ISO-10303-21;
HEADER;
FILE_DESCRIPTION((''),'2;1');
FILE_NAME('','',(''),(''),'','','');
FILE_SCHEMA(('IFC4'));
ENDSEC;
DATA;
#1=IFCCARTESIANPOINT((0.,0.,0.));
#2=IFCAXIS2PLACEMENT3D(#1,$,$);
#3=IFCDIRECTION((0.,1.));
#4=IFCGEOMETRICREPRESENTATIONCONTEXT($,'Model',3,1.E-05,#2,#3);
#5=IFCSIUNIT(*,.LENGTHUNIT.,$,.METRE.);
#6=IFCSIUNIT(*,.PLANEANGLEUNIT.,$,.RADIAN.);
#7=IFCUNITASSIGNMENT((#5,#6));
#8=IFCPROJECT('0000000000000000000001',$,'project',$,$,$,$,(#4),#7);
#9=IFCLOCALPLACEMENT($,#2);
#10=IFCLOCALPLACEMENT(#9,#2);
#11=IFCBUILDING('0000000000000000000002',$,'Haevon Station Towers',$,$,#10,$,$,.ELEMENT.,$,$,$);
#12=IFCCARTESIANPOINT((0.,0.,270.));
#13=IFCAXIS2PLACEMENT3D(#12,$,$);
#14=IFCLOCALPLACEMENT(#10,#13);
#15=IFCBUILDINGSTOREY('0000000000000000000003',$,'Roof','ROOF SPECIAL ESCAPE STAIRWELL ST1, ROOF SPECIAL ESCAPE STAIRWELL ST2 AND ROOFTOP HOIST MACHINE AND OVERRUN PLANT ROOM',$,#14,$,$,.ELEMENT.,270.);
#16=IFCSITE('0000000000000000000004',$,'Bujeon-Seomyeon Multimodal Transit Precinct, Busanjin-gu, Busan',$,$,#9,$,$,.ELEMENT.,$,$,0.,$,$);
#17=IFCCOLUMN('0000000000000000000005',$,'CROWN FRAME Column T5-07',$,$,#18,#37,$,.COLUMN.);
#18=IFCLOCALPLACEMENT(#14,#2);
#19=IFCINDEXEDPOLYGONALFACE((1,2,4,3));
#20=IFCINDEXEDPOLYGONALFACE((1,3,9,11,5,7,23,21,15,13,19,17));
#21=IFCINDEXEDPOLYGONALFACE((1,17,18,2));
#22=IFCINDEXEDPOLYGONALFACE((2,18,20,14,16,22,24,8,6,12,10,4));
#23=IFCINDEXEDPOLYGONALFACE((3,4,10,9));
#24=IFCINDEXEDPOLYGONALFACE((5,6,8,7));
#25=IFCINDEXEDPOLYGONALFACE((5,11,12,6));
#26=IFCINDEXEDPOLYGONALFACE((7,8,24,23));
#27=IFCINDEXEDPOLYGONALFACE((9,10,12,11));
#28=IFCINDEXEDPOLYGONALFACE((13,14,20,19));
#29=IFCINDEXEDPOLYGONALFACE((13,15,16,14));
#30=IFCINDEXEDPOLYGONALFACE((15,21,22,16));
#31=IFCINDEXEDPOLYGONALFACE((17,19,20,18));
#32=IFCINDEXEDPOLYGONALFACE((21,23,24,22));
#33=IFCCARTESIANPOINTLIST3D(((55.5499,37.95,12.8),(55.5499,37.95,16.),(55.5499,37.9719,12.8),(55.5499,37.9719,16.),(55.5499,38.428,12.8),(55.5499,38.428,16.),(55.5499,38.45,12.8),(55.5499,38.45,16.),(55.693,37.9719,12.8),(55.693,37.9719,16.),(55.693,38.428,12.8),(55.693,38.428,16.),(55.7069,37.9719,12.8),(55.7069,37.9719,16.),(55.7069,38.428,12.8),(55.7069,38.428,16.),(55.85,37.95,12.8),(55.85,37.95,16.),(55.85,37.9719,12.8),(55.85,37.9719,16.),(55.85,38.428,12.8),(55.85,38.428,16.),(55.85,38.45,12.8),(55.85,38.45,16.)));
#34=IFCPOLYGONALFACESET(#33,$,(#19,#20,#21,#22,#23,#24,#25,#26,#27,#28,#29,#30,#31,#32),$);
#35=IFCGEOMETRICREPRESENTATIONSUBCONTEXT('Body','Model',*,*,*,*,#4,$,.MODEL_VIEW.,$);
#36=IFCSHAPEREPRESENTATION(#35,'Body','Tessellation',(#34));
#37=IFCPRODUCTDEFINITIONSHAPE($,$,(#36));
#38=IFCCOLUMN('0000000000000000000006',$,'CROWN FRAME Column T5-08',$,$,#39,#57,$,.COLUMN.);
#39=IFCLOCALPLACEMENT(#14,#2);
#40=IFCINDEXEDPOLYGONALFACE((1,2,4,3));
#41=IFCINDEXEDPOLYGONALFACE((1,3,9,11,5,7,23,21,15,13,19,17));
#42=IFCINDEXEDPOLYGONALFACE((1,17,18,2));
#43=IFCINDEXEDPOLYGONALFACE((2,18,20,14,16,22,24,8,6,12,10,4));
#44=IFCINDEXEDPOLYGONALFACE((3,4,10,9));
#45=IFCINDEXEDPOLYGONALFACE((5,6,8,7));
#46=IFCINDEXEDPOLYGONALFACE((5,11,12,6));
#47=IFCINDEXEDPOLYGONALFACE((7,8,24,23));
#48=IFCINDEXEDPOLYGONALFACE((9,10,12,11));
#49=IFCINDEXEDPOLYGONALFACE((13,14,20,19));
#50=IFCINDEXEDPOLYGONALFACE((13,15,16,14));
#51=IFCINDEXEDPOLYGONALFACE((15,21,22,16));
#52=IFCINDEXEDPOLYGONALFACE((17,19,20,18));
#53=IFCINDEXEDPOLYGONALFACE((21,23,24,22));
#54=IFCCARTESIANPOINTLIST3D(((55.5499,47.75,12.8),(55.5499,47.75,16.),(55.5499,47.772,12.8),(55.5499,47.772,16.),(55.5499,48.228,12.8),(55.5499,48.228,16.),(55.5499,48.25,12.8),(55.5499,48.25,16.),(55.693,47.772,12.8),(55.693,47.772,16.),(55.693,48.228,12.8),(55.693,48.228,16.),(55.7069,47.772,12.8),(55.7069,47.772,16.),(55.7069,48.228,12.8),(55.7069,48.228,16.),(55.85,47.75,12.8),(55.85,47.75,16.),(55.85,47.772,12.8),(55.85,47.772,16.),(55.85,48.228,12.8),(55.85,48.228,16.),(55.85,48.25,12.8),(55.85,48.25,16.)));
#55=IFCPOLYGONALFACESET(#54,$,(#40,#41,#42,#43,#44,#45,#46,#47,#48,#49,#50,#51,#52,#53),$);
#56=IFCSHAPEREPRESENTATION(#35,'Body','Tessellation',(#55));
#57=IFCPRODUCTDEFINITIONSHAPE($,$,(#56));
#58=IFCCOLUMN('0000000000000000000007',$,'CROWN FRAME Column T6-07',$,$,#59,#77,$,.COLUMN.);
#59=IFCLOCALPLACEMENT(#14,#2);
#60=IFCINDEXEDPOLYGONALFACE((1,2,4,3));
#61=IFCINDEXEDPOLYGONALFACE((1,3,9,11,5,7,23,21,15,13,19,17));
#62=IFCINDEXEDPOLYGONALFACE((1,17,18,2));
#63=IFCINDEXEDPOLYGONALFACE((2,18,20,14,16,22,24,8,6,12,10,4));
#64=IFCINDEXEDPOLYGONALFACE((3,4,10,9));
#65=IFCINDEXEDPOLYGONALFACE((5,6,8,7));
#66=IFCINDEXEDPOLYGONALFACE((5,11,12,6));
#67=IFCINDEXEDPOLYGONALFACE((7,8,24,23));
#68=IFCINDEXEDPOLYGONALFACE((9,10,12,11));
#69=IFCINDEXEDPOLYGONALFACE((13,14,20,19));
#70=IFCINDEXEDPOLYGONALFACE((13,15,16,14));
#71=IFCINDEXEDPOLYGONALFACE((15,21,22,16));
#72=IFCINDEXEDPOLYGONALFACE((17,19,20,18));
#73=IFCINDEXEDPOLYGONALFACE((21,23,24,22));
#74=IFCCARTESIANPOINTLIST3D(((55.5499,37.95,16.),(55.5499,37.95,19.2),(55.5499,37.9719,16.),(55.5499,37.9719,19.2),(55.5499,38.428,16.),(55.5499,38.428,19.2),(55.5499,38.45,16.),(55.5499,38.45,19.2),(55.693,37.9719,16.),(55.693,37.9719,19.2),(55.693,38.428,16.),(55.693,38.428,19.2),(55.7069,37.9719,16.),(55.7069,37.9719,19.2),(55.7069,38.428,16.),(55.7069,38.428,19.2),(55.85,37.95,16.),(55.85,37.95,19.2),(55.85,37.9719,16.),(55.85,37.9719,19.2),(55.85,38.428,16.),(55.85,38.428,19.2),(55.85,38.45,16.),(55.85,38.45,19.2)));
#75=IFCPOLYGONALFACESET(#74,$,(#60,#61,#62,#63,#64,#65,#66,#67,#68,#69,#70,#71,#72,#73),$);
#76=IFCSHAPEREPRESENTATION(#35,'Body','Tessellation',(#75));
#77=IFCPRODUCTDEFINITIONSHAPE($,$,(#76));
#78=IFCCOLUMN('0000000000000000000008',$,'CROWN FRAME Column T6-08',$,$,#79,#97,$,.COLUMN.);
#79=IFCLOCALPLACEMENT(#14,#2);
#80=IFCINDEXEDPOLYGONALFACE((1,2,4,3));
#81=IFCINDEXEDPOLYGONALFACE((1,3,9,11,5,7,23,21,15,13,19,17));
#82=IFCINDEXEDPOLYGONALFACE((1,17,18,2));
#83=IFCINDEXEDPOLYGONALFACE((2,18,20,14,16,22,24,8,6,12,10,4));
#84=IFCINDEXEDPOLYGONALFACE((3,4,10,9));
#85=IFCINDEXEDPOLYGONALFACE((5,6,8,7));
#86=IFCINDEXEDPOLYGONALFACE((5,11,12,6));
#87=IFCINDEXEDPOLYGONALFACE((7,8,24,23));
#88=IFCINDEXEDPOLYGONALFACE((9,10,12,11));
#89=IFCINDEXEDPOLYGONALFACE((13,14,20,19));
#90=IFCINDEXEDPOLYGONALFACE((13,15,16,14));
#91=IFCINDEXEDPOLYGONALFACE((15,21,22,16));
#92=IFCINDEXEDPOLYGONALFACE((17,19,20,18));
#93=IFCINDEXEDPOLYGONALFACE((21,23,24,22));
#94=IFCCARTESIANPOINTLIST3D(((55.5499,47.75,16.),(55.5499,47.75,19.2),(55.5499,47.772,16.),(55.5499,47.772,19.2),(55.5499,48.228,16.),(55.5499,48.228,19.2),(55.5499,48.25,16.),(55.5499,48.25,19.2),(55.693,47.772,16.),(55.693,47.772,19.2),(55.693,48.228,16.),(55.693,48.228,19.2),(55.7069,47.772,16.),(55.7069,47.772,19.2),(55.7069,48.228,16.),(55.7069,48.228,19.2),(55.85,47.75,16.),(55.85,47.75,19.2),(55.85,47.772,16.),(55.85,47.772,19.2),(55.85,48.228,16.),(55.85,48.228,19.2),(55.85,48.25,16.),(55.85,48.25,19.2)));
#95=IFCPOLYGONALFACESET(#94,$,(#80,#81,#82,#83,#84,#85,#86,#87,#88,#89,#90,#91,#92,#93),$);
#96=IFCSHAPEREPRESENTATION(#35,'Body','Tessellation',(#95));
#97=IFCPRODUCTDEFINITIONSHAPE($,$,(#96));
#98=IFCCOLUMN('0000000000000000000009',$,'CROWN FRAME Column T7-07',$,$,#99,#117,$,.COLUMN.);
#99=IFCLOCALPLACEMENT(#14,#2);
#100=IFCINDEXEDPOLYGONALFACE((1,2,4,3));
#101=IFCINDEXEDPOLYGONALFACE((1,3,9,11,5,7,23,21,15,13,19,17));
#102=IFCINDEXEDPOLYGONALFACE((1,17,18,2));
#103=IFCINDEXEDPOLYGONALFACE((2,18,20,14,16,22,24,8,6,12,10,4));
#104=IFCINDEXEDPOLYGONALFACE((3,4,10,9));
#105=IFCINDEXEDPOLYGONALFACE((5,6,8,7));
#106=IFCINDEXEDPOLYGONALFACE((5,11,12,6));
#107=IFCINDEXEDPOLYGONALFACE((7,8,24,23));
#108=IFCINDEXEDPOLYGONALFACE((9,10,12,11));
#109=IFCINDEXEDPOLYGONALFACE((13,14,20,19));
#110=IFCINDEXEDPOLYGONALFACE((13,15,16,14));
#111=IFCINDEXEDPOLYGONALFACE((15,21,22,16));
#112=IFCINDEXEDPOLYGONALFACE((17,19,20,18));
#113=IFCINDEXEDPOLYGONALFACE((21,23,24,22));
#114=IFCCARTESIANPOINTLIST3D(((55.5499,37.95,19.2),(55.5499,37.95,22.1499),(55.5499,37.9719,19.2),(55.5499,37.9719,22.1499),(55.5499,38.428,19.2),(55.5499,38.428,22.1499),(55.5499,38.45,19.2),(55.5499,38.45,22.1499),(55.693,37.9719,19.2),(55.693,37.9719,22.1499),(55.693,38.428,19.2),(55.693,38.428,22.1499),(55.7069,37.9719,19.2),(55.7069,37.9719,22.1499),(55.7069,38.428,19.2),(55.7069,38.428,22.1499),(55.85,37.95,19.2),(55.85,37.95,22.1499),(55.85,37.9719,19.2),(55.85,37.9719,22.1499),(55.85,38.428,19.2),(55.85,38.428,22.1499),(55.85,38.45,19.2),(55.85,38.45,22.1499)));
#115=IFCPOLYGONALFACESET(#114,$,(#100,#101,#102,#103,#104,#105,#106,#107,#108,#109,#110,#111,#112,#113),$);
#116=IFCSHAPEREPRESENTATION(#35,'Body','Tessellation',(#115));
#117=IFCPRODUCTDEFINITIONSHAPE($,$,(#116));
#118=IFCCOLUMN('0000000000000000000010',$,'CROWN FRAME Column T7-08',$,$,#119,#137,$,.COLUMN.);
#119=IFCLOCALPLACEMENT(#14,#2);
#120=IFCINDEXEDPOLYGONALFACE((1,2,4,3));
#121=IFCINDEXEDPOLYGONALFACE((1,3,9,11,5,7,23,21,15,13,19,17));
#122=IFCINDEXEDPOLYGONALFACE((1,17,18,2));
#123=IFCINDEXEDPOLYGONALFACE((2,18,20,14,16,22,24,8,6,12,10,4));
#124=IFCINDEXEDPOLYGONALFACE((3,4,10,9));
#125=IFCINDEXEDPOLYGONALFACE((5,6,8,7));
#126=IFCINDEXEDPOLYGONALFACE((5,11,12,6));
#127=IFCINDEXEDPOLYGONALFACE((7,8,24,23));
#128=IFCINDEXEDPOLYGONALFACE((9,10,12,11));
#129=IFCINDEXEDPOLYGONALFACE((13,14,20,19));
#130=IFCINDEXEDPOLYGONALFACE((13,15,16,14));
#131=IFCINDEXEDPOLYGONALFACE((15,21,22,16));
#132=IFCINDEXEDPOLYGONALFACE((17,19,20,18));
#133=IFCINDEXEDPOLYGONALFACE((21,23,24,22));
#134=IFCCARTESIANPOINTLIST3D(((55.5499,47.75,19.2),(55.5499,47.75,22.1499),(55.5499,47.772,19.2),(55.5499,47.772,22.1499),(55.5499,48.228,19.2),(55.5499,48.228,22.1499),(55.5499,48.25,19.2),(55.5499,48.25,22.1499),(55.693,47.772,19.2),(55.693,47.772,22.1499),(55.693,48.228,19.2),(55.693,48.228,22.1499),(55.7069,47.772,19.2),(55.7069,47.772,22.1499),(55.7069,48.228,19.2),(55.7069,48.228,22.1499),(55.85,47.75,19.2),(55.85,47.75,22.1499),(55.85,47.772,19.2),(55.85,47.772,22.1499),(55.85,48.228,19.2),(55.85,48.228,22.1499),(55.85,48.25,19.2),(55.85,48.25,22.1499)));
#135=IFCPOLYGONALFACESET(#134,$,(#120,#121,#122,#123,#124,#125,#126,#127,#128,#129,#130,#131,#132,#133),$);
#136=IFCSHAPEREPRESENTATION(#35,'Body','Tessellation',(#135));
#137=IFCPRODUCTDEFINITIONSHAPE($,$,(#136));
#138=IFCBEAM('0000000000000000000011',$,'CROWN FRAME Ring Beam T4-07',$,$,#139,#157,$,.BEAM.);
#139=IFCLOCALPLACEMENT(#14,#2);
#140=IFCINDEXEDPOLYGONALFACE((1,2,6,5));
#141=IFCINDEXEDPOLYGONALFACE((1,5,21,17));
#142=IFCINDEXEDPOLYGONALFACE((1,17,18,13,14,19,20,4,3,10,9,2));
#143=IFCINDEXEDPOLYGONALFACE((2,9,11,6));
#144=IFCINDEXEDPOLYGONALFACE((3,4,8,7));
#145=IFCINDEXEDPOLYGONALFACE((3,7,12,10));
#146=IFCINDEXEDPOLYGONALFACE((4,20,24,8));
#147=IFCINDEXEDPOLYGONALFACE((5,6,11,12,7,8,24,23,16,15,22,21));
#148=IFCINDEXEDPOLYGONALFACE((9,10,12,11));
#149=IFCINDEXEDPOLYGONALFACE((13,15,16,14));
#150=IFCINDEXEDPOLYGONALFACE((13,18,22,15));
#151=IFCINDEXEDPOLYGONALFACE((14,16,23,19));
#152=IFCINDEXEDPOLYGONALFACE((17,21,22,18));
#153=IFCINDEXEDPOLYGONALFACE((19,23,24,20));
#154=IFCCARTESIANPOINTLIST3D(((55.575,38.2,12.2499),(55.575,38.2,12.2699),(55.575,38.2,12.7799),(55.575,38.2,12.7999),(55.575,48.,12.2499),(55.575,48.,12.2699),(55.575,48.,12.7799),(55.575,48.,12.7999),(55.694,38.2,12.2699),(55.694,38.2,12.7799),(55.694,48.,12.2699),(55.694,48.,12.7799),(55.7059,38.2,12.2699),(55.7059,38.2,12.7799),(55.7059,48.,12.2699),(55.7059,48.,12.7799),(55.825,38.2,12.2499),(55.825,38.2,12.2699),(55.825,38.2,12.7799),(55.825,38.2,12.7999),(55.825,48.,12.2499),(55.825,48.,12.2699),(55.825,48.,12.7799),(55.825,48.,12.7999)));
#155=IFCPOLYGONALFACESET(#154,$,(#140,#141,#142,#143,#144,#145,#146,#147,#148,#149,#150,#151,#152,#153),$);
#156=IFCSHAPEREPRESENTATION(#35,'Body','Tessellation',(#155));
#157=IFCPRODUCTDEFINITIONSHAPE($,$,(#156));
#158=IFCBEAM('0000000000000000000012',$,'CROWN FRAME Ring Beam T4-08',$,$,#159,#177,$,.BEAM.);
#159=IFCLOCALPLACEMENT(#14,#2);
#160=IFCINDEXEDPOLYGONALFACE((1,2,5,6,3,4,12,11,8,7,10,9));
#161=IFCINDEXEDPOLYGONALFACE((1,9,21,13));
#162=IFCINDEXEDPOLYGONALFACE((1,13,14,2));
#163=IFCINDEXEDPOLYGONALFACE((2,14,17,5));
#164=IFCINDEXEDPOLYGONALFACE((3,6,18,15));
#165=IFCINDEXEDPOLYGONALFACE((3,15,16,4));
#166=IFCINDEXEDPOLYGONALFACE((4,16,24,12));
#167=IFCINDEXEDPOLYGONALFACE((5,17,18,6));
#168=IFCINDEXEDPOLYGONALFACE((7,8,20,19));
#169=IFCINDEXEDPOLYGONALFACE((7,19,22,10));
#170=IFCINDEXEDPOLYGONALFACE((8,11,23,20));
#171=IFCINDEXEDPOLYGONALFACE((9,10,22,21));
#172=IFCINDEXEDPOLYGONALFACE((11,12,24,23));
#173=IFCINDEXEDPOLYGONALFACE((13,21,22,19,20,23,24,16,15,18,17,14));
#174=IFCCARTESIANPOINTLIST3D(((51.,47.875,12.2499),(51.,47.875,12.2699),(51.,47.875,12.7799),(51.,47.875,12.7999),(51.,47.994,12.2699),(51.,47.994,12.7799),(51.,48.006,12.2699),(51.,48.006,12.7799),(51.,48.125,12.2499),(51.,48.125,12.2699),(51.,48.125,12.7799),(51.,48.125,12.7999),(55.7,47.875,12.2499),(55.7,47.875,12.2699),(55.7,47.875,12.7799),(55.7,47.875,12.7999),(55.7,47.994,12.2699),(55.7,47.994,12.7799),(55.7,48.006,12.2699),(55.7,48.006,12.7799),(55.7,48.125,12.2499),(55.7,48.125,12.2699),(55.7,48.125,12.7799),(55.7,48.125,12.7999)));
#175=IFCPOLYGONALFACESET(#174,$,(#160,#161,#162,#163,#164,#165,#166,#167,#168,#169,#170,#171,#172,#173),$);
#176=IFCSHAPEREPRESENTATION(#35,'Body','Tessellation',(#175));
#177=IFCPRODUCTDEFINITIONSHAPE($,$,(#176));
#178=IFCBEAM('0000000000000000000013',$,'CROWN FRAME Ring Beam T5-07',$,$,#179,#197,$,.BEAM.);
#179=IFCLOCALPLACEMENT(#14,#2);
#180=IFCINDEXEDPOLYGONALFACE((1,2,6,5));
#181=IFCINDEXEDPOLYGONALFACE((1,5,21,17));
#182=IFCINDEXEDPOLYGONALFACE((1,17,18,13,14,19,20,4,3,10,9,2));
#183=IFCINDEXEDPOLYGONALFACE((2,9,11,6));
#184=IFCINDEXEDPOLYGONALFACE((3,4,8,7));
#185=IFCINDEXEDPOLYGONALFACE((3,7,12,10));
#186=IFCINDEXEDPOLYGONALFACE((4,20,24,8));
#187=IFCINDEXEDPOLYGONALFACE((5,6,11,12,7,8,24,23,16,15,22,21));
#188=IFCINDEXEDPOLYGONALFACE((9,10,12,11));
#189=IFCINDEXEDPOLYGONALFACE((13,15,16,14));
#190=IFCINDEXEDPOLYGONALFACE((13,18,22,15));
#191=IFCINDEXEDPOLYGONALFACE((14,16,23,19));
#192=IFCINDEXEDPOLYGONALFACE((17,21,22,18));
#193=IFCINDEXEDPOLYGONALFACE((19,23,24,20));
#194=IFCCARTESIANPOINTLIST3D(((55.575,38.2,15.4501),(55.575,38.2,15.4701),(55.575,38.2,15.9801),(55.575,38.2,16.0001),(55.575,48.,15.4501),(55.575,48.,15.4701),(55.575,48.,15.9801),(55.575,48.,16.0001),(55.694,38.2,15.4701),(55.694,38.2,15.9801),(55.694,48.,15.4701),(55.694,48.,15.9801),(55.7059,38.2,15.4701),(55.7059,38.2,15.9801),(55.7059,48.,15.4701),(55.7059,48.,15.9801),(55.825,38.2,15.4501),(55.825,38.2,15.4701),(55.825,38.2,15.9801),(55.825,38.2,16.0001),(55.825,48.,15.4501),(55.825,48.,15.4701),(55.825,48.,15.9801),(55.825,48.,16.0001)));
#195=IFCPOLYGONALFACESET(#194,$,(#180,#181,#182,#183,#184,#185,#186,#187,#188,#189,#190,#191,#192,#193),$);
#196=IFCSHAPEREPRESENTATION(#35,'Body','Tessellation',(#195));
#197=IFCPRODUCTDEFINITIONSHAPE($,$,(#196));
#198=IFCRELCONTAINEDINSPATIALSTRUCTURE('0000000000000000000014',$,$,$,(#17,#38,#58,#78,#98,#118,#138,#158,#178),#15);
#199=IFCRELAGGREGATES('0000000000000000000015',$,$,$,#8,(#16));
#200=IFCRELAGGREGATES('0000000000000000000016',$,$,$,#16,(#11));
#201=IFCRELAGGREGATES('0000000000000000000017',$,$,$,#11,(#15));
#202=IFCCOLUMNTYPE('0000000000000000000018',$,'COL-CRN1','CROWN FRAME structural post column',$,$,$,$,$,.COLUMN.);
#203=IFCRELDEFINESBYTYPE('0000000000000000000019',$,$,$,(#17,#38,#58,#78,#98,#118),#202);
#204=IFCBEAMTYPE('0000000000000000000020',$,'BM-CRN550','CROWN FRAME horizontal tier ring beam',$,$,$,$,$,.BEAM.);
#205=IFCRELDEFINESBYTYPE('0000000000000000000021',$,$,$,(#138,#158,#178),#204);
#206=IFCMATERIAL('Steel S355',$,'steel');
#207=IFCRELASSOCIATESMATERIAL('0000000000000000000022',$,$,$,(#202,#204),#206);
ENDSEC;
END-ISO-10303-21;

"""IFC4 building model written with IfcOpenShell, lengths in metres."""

from ifc_helpers import new_model, si_unit, direction, frame, origin, origin_2d, place, context, subcontext, project, spatial, i_section, extrude, material, material_profile, profile_set, type_object, element, save


model = new_model("IFC4")

# Units and contexts
model_context = context("Model", 3, precision=1e-05, world=origin(), true_north=direction((0.0, 1.0)))
body_context = subcontext(model_context, "Body", "Model", "MODEL_VIEW")
ifc_project = project(units=[si_unit("LENGTHUNIT", "METRE"), si_unit("PLANEANGLEUNIT", "RADIAN")], contexts=[model_context])

# Site, building, storey
site_placement = place(None, origin())
site = spatial("IfcSite", under=ifc_project, at=site_placement, Name="Bujeon-Seomyeon Multimodal Transit Precinct, Busanjin-gu, Busan", CompositionType="ELEMENT", RefElevation=0.0)
building_placement = place(site_placement, origin())
building = spatial("IfcBuilding", under=site, at=building_placement, Name="Haevon Station Towers", CompositionType="ELEMENT")
storey_placement = place(building_placement, frame((0.0, 0.0, 270.0)))
storey = spatial("IfcBuildingStorey", under=building, at=storey_placement, Name="Roof", Description="ROOF SPECIAL ESCAPE STAIRWELL ST1, ROOF SPECIAL ESCAPE STAIRWELL ST2 AND ROOFTOP HOIST MACHINE AND OVERRUN PLANT ROOM", CompositionType="ELEMENT", Elevation=270.0)

# Columns
ifc_material_1 = material(Name="Steel S355", Category="steel")
ifc_material_profile_1 = material_profile(ifc_material_1, i_section(OverallWidth=0.3, OverallDepth=0.5, WebThickness=0.0139, FlangeThickness=0.022, at=origin_2d()), Name="H-500x300x14x22")
ifc_profile_set_1 = profile_set([ifc_material_profile_1], Name="Steel S355")
column_type = type_object("IfcColumnType", Name="COL-CRN1", Description="CROWN FRAME structural post column", PredefinedType="COLUMN", material=ifc_profile_set_1)
for number, where, z_axis, x_axis, name in (
    (1, (55.7, 38.2, 12.8), (0.0, 0.0, 1.0), (1.0, 0.0, 0.0), "CROWN FRAME Column T5-07"),
    (2, (55.7, 48.0, 12.8), (0.0, 0.0, 1.0), (1.0, 0.0, 0.0), "CROWN FRAME Column T5-08"),
    (3, (55.7, 38.2, 16.0), (0.0, 0.0, 1.0), (1.0, 0.0, 0.0), "CROWN FRAME Column T6-07"),
    (4, (55.7, 48.0, 16.0), (0.0, 0.0, 1.0), (1.0, 0.0, 0.0), "CROWN FRAME Column T6-08"),
):
    element("IfcColumn", number, at=place(storey_placement, frame(where, z_axis=z_axis, x_axis=x_axis)), inside=storey, type_object=column_type, Name=name, PredefinedType="COLUMN", context=body_context, shape_type="SweptSolid", body=[
        extrude(i_section(OverallWidth=0.3, OverallDepth=0.5, WebThickness=0.0139, FlangeThickness=0.022, at=origin_2d()), origin(), (0.0, 0.0, 1.0), 3.2),
    ])
for number, where, z_axis, x_axis, name in (
    (5, (55.7, 38.2, 19.2), (0.0, 0.0, 1.0), (1.0, 0.0, 0.0), "CROWN FRAME Column T7-07"),
    (6, (55.7, 48.0, 19.2), (0.0, 0.0, 1.0), (1.0, 0.0, 0.0), "CROWN FRAME Column T7-08"),
):
    element("IfcColumn", number, at=place(storey_placement, frame(where, z_axis=z_axis, x_axis=x_axis)), inside=storey, type_object=column_type, Name=name, PredefinedType="COLUMN", context=body_context, shape_type="SweptSolid", body=[
        extrude(i_section(OverallWidth=0.3, OverallDepth=0.5, WebThickness=0.0139, FlangeThickness=0.022, at=origin_2d()), origin(), (0.0, 0.0, 1.0), 2.95),
    ])

# Beams
ifc_material_profile_2 = material_profile(ifc_material_1, i_section(OverallWidth=0.25, OverallDepth=0.55, WebThickness=0.012, FlangeThickness=0.02, at=origin_2d()), Name="H-550x250x12x20")
ifc_profile_set_2 = profile_set([ifc_material_profile_2], Name="Steel S355")
beam_type = type_object("IfcBeamType", Name="BM-CRN550", Description="CROWN FRAME horizontal tier ring beam", PredefinedType="BEAM", material=ifc_profile_set_2)
beam_1_placement = place(storey_placement, frame((55.7, 38.2, 12.5249), z_axis=(0.0, 1.0, 0.0), x_axis=(-1.0, 0.0, 0.0)))
element("IfcBeam", 7, at=beam_1_placement, inside=storey, type_object=beam_type, Name="CROWN FRAME Ring Beam T4-07", PredefinedType="BEAM", context=body_context, shape_type="SweptSolid", body=[
    extrude(i_section(OverallWidth=0.25, OverallDepth=0.55, WebThickness=0.012, FlangeThickness=0.02, at=origin_2d()), origin(), (0.0, 0.0, 1.0), 9.8),
])
beam_2_placement = place(storey_placement, frame((55.7, 48.0, 12.5249), z_axis=(-1.0, 0.0, 0.0), x_axis=(0.0, -1.0, 0.0)))
element("IfcBeam", 8, at=beam_2_placement, inside=storey, type_object=beam_type, Name="CROWN FRAME Ring Beam T4-08", PredefinedType="BEAM", context=body_context, shape_type="SweptSolid", body=[
    extrude(i_section(OverallWidth=0.25, OverallDepth=0.55, WebThickness=0.012, FlangeThickness=0.02, at=origin_2d()), origin(), (0.0, 0.0, 1.0), 4.7),
])
beam_3_placement = place(storey_placement, frame((55.7, 38.2, 15.7251), z_axis=(0.0, 1.0, 0.0), x_axis=(-1.0, 0.0, 0.0)))
element("IfcBeam", 9, at=beam_3_placement, inside=storey, type_object=beam_type, Name="CROWN FRAME Ring Beam T5-07", PredefinedType="BEAM", context=body_context, shape_type="SweptSolid", body=[
    extrude(i_section(OverallWidth=0.25, OverallDepth=0.55, WebThickness=0.012, FlangeThickness=0.02, at=origin_2d()), origin(), (0.0, 0.0, 1.0), 9.8),
])

save(model, "model.ifc")
